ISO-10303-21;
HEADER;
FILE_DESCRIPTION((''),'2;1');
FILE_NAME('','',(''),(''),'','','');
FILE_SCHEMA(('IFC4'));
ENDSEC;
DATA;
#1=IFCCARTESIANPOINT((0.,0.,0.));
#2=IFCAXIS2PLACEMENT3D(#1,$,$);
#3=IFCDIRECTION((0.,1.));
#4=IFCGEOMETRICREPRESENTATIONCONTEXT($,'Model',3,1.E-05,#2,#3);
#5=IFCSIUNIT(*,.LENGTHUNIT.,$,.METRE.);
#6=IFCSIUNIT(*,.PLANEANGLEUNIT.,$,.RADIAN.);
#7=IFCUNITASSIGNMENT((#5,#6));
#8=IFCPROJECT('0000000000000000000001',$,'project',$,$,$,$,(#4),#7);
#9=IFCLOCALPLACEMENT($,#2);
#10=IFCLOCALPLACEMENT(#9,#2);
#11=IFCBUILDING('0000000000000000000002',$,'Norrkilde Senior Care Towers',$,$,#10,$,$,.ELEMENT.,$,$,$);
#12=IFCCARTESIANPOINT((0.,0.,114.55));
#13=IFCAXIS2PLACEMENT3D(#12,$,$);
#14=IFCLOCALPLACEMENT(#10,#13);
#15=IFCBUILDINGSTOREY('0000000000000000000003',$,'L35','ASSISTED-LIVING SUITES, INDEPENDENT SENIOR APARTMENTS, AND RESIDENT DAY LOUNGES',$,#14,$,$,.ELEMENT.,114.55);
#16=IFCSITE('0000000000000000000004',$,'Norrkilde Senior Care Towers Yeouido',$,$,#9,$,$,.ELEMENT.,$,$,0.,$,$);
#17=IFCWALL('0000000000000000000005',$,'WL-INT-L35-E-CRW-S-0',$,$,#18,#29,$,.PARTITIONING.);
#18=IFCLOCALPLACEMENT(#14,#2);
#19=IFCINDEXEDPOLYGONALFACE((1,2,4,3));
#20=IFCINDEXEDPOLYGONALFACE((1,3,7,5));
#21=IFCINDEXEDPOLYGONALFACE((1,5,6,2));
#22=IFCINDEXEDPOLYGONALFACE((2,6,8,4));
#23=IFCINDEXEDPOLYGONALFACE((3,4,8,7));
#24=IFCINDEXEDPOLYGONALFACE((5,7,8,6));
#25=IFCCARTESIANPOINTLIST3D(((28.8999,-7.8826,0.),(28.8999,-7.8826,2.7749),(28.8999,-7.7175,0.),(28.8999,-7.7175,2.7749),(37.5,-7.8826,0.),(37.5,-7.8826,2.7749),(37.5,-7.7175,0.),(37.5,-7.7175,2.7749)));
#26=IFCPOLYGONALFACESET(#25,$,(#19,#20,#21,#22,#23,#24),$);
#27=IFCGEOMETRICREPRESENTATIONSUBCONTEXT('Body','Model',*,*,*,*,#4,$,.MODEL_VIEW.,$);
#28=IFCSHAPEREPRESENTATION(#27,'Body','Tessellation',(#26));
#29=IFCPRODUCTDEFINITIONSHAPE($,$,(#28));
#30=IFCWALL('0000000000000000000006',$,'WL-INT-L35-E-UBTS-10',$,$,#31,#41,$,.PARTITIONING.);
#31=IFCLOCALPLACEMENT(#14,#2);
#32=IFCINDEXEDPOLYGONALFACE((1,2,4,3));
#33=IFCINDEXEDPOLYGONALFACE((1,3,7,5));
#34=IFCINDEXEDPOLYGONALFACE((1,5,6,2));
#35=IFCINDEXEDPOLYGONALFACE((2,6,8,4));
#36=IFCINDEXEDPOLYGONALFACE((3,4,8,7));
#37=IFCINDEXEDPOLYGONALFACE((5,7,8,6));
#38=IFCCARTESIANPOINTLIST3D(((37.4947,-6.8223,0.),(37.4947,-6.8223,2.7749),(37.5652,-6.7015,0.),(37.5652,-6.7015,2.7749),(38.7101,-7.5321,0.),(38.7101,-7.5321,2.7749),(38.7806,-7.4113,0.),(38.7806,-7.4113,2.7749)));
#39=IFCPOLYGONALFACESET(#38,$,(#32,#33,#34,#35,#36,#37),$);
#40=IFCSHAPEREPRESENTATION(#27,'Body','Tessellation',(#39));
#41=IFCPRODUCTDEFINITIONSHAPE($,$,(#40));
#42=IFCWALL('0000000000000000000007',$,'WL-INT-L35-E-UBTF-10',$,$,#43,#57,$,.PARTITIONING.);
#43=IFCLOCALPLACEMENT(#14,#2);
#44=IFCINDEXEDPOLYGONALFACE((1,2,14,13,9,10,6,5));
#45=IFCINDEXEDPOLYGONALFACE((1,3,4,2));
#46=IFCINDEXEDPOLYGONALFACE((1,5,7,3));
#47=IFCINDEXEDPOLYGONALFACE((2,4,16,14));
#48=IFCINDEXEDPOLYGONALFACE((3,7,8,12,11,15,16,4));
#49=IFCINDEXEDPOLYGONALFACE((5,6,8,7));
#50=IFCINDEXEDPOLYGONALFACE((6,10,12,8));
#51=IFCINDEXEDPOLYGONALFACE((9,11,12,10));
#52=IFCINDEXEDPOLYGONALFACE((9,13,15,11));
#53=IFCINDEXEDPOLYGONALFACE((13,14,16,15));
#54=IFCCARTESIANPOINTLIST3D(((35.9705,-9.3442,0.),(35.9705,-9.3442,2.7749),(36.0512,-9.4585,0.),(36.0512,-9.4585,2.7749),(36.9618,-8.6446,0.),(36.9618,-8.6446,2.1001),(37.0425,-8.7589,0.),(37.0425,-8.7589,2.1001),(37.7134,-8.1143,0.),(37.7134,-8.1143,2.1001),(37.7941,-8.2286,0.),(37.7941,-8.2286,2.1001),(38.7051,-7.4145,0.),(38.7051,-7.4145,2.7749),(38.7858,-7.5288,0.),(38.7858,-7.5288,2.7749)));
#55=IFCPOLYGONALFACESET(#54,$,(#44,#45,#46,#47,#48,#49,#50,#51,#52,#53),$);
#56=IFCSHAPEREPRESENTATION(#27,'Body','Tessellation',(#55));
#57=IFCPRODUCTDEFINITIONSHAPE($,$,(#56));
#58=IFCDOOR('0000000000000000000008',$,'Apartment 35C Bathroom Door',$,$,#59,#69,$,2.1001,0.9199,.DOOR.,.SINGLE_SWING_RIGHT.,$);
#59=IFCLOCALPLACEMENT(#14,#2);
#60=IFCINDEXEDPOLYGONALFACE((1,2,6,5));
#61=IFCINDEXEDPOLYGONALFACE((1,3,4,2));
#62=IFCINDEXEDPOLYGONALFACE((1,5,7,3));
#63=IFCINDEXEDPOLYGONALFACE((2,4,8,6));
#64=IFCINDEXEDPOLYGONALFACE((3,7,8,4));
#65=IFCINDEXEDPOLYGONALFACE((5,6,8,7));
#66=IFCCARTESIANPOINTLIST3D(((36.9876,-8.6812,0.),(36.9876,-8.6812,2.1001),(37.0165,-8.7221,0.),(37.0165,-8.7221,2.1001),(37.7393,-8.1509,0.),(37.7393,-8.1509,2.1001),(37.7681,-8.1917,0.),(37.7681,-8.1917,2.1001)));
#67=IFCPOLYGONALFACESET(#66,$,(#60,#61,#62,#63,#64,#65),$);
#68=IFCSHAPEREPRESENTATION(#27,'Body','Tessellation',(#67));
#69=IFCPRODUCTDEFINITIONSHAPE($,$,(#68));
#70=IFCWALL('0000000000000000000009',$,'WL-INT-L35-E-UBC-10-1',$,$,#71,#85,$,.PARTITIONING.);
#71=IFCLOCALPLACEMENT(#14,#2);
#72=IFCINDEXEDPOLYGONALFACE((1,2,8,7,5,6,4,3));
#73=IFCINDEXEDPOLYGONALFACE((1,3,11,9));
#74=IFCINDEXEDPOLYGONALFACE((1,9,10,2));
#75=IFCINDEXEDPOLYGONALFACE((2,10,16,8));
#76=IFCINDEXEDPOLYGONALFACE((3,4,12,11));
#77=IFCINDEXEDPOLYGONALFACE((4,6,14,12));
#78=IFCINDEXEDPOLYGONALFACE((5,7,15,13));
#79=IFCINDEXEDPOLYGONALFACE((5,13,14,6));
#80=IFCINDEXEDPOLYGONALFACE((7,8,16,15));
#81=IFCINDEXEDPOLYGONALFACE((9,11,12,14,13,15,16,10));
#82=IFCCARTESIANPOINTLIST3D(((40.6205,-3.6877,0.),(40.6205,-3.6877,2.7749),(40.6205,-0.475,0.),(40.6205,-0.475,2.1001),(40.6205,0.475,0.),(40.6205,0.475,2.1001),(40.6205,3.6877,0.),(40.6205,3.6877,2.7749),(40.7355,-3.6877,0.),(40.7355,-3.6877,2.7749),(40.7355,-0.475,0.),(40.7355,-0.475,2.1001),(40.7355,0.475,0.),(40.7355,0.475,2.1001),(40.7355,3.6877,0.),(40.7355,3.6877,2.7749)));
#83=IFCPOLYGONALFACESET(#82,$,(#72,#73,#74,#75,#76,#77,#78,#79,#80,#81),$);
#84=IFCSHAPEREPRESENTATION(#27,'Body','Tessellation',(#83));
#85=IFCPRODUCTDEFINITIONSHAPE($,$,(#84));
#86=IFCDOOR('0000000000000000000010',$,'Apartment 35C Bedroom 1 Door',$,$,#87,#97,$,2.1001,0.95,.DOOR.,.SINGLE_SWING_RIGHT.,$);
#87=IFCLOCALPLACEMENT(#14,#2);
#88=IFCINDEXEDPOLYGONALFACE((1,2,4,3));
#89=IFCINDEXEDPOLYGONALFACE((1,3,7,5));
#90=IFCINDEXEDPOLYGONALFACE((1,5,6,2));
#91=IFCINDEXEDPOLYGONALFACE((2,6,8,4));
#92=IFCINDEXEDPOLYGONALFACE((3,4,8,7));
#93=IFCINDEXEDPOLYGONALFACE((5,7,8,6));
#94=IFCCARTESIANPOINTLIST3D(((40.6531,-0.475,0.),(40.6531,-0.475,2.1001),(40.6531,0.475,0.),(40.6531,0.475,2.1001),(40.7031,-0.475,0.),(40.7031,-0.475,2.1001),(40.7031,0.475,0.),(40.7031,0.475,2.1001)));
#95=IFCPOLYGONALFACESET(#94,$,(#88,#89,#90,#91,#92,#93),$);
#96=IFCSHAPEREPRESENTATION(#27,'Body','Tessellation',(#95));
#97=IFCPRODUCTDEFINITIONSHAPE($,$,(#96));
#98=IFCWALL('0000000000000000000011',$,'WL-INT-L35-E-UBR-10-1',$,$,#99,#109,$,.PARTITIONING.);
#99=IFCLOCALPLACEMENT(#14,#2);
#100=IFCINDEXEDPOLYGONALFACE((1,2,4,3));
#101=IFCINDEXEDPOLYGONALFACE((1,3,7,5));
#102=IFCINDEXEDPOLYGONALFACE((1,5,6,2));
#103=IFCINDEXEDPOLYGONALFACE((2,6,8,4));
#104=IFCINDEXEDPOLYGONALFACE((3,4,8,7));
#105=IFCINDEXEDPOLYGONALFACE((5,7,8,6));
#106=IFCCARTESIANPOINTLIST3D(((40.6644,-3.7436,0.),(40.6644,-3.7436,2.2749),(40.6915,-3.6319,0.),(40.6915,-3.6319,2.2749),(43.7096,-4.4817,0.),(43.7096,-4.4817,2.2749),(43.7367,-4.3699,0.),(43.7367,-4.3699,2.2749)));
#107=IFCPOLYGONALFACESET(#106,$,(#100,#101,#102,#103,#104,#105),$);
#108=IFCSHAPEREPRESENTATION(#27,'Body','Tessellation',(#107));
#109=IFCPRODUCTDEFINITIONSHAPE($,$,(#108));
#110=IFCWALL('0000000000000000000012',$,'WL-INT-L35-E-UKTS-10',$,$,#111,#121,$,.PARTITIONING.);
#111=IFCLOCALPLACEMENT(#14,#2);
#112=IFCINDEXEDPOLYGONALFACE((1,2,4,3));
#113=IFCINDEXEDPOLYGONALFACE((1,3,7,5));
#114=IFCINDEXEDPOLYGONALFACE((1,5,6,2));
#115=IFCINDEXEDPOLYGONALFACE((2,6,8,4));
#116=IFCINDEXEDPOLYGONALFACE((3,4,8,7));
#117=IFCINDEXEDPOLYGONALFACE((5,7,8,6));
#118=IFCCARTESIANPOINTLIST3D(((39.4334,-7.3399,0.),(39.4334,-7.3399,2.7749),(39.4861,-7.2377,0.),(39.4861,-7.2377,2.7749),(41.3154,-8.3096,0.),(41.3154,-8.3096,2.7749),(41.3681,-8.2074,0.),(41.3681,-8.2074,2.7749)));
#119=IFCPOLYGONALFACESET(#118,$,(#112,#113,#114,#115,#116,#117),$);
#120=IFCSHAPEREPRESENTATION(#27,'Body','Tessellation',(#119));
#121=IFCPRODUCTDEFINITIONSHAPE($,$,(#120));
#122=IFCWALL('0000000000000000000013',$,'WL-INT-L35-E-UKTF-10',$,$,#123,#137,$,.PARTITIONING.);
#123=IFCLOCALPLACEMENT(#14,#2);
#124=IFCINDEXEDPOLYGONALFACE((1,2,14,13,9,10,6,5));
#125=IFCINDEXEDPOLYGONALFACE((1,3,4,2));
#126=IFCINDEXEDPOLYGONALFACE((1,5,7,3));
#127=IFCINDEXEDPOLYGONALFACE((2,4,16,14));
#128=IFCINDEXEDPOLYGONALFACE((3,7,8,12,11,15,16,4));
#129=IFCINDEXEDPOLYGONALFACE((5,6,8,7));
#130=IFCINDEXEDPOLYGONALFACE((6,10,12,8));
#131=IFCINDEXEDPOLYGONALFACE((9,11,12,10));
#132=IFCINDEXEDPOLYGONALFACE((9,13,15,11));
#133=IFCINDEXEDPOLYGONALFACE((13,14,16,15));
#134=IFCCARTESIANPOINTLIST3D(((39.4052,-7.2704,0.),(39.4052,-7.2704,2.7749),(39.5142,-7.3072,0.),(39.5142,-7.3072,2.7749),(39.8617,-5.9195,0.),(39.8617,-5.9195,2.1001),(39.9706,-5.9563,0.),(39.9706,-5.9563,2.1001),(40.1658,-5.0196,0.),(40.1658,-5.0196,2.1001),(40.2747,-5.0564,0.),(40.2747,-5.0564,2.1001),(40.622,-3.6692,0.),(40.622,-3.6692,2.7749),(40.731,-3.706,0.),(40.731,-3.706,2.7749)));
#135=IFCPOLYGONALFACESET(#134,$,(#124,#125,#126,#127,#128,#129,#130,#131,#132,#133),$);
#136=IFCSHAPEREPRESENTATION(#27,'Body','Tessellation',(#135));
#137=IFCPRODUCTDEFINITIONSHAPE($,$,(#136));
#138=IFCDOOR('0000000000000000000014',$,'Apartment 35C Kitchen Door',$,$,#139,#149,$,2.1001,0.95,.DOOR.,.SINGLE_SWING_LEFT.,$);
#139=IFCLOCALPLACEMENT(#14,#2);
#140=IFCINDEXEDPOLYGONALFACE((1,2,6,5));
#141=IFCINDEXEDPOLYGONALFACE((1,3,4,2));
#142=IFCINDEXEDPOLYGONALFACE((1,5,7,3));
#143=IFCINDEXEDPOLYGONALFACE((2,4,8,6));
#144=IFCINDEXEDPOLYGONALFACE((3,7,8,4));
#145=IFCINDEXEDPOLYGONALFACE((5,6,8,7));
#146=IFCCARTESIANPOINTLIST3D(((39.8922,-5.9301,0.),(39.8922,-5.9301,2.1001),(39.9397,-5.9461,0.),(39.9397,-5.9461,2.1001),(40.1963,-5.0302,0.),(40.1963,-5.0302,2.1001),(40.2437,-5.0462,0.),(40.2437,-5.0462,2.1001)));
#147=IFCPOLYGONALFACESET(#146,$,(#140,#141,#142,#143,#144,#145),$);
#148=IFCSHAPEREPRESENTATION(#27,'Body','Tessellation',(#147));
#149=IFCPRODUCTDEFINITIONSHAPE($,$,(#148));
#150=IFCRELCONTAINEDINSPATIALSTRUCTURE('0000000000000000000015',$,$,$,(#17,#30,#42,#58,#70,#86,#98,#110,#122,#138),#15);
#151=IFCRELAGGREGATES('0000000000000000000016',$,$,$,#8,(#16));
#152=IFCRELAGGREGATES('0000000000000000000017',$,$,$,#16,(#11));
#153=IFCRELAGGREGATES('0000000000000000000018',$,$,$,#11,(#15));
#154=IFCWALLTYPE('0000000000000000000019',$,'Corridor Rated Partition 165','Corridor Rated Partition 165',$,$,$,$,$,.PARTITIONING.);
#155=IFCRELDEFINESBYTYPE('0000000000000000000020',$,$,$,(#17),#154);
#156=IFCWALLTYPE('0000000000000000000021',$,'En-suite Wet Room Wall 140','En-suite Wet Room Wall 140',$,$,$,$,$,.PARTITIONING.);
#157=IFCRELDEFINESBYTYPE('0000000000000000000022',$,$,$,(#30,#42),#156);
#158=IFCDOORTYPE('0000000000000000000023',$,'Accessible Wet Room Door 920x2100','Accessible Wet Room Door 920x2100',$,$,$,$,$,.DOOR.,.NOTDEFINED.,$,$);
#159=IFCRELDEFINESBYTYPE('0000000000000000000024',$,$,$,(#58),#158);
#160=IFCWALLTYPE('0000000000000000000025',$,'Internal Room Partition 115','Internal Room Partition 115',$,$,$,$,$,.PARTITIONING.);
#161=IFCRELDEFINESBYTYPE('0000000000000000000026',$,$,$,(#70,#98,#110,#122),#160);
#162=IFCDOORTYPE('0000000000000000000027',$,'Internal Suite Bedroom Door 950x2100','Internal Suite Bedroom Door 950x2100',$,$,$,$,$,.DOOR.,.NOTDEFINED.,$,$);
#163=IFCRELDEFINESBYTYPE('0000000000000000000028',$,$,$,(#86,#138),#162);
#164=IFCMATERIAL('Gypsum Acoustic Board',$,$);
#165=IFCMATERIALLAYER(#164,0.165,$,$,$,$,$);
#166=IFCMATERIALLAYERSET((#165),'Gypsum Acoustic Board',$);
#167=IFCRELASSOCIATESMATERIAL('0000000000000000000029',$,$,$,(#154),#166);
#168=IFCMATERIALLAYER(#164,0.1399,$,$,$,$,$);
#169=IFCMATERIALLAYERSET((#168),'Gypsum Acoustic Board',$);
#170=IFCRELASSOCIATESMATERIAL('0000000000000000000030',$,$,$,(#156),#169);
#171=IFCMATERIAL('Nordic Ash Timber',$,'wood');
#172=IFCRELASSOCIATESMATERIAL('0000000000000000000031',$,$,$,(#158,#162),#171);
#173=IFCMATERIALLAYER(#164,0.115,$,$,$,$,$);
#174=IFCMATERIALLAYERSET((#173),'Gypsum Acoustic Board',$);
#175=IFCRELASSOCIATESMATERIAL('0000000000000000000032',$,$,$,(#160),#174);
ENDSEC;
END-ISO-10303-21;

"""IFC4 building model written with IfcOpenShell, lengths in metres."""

from ifc_helpers import new_model, si_unit, direction, frame, frame_2d, origin, place, context, subcontext, project, spatial, rectangle, extrude, source, transform, mapped, material, layer, layer_set, type_object, type_shapes, element, fill, save


model = new_model("IFC4")

# Units and contexts
model_context = context("Model", 3, precision=1e-05, world=origin(), true_north=direction((0.0, 1.0)))
body_context = subcontext(model_context, "Body", "Model", "MODEL_VIEW")
ifc_project = project(units=[si_unit("LENGTHUNIT", "METRE"), si_unit("PLANEANGLEUNIT", "RADIAN")], contexts=[model_context])

# Site, building, storey
site_placement = place(None, origin())
site = spatial("IfcSite", under=ifc_project, at=site_placement, Name="Norrkilde Senior Care Towers Yeouido", CompositionType="ELEMENT", RefElevation=0.0)
building_placement = place(site_placement, origin())
building = spatial("IfcBuilding", under=site, at=building_placement, Name="Norrkilde Senior Care Towers", CompositionType="ELEMENT")
storey_placement = place(building_placement, frame((0.0, 0.0, 114.55)))
storey = spatial("IfcBuildingStorey", under=building, at=storey_placement, Name="L35", Description="ASSISTED-LIVING SUITES, INDEPENDENT SENIOR APARTMENTS, AND RESIDENT DAY LOUNGES", CompositionType="ELEMENT", Elevation=114.55)

# Walls
ifc_material_1 = material(Name="Gypsum Acoustic Board")
ifc_layer_1 = layer(ifc_material_1, 0.165)
ifc_layer_set_1 = layer_set([ifc_layer_1], Name="Gypsum Acoustic Board")
wall_type_1 = type_object("IfcWallType", Name="Corridor Rated Partition 165", Description="Corridor Rated Partition 165", PredefinedType="PARTITIONING", material=ifc_layer_set_1)
shared_shape_1 = source(origin(), body_context, "Body", "SweptSolid", [
    extrude(rectangle(XDim=8.6001, YDim=0.165, at=frame_2d((4.3, 0.0))), origin(), (0.0, 0.0, 1.0), 2.7749),
])
type_shapes(wall_type_1, [shared_shape_1])
wall_1_placement = place(storey_placement, frame((37.5, -7.8, 0.0), z_axis=(0.0, 0.0, 1.0), x_axis=(-1.0, 0.0, 0.0)))
element("IfcWall", 1, at=wall_1_placement, inside=storey, type_object=wall_type_1, Name="WL-INT-L35-E-CRW-S-0", PredefinedType="PARTITIONING", context=body_context, shape_type="MappedRepresentation", body=[
    mapped(shared_shape_1, transform((0.0, 0.0, 0.0), x_axis=(1.0, 0.0, 0.0), y_axis=(0.0, 1.0, 0.0), z_axis=(0.0, 0.0, 1.0), scale=1.0)),
])
ifc_layer_2 = layer(ifc_material_1, 0.1399)
ifc_layer_set_2 = layer_set([ifc_layer_2], Name="Gypsum Acoustic Board")
wall_type_2 = type_object("IfcWallType", Name="En-suite Wet Room Wall 140", Description="En-suite Wet Room Wall 140", PredefinedType="PARTITIONING", material=ifc_layer_set_2)
shared_shape_2 = source(origin(), body_context, "Body", "SweptSolid", [
    extrude(rectangle(XDim=1.4075, YDim=0.1399, at=frame_2d((0.7036, 0.0))), origin(), (0.0, 0.0, 1.0), 2.7749),
])
wall_2_placement = place(storey_placement, frame((37.53, -6.762, 0.0), z_axis=(0.0, 0.0, 1.0), x_axis=(0.86354, -0.504281, 0.0)))
element("IfcWall", 2, at=wall_2_placement, inside=storey, type_object=wall_type_2, Name="WL-INT-L35-E-UBTS-10", PredefinedType="PARTITIONING", context=body_context, shape_type="MappedRepresentation", body=[
    mapped(shared_shape_2, transform((0.0, 0.0, 0.0), x_axis=(1.0, 0.0, 0.0), y_axis=(0.0, 1.0, 0.0), z_axis=(0.0, 0.0, 1.0), scale=1.0)),
])

# Walls, openings, doors
shared_shape_3 = source(origin(), body_context, "Body", "SweptSolid", [
    extrude(rectangle(XDim=3.3469, YDim=0.1399, at=frame_2d((1.6733, 0.0))), origin(), (0.0, 0.0, 1.0), 2.7749),
])
type_shapes(wall_type_2, [shared_shape_2, shared_shape_3])
wall_3_placement = place(storey_placement, frame((38.7454, -7.4717, 0.0), z_axis=(0.0, 0.0, 1.0), x_axis=(-0.817057, -0.576557, 0.0)))
wall_3 = element("IfcWall", 3, at=wall_3_placement, inside=storey, type_object=wall_type_2, Name="WL-INT-L35-E-UBTF-10", PredefinedType="PARTITIONING", context=body_context, shape_type="MappedRepresentation", body=[
    mapped(shared_shape_3, transform((0.0, 0.0, 0.0), x_axis=(1.0, 0.0, 0.0), y_axis=(0.0, 1.0, 0.0), z_axis=(0.0, 0.0, 1.0), scale=1.0)),
])
opening_1_placement = place(wall_3_placement, frame((1.2136, 0.0, 0.0)))
opening_1 = element("IfcOpeningElement", 4, at=opening_1_placement, cuts=wall_3, PredefinedType="OPENING", context=body_context, shape_type="SweptSolid", body=[
    extrude(rectangle(XDim=0.9199, YDim=2.1001, at=frame_2d((0.46, 1.05))), frame((0.0, 0.0798, 0.0), z_axis=(0.0, -1.0, 0.0), x_axis=(1.0, 0.0, 0.0)), (0.0, 0.0, 1.0), 0.1599),
])
ifc_material_2 = material(Name="Nordic Ash Timber", Category="wood")
door_type_1 = type_object("IfcDoorType", Name="Accessible Wet Room Door 920x2100", Description="Accessible Wet Room Door 920x2100", OperationType="NOTDEFINED", PredefinedType="DOOR", material=ifc_material_2)
shared_shape_4 = source(origin(), body_context, "Body", "SweptSolid", [
    extrude(rectangle(XDim=0.9199, YDim=2.1001, at=frame_2d((0.46, 1.05))), frame((0.0, 0.0249, 0.0), z_axis=(0.0, -1.0, 0.0), x_axis=(1.0, 0.0, 0.0)), (0.0, 0.0, 1.0), 0.05),
])
type_shapes(door_type_1, [shared_shape_4])
door_1_placement = place(opening_1_placement, origin())
door_1 = element("IfcDoor", 5, at=door_1_placement, inside=storey, type_object=door_type_1, Name="Apartment 35C Bathroom Door", OperationType="SINGLE_SWING_RIGHT", OverallHeight=2.1001, OverallWidth=0.9199, PredefinedType="DOOR", context=body_context, shape_type="MappedRepresentation", body=[
    mapped(shared_shape_4, transform((0.0, 0.0, 0.0), x_axis=(1.0, 0.0, 0.0), y_axis=(0.0, 1.0, 0.0), z_axis=(0.0, 0.0, 1.0), scale=1.0)),
])
fill(opening_1, door_1)
ifc_layer_3 = layer(ifc_material_1, 0.115)
ifc_layer_set_3 = layer_set([ifc_layer_3], Name="Gypsum Acoustic Board")
wall_type_3 = type_object("IfcWallType", Name="Internal Room Partition 115", Description="Internal Room Partition 115", PredefinedType="PARTITIONING", material=ifc_layer_set_3)
shared_shape_5 = source(origin(), body_context, "Body", "SweptSolid", [
    extrude(rectangle(XDim=7.3755, YDim=0.115, at=frame_2d((3.6877, 0.0))), origin(), (0.0, 0.0, 1.0), 2.7749),
])
wall_4_placement = place(storey_placement, frame((40.678, -3.6877, 0.0), z_axis=(0.0, 0.0, 1.0), x_axis=(0.0, 1.0, 0.0)))
wall_4 = element("IfcWall", 6, at=wall_4_placement, inside=storey, type_object=wall_type_3, Name="WL-INT-L35-E-UBC-10-1", PredefinedType="PARTITIONING", context=body_context, shape_type="MappedRepresentation", body=[
    mapped(shared_shape_5, transform((0.0, 0.0, 0.0), x_axis=(1.0, 0.0, 0.0), y_axis=(0.0, 1.0, 0.0), z_axis=(0.0, 0.0, 1.0), scale=1.0)),
])
opening_2_placement = place(wall_4_placement, frame((3.2126, 0.0, 0.0)))
opening_2 = element("IfcOpeningElement", 7, at=opening_2_placement, cuts=wall_4, PredefinedType="OPENING", context=body_context, shape_type="SweptSolid", body=[
    extrude(rectangle(XDim=0.95, YDim=2.1001, at=frame_2d((0.4751, 1.05))), frame((0.0, 0.0674, 0.0), z_axis=(0.0, -1.0, 0.0), x_axis=(1.0, 0.0, 0.0)), (0.0, 0.0, 1.0), 0.135),
])
door_type_2 = type_object("IfcDoorType", Name="Internal Suite Bedroom Door 950x2100", Description="Internal Suite Bedroom Door 950x2100", OperationType="NOTDEFINED", PredefinedType="DOOR", material=ifc_material_2)
shared_shape_6 = source(origin(), body_context, "Body", "SweptSolid", [
    extrude(rectangle(XDim=0.95, YDim=2.1001, at=frame_2d((0.4751, 1.05))), frame((0.0, 0.0249, 0.0), z_axis=(0.0, -1.0, 0.0), x_axis=(1.0, 0.0, 0.0)), (0.0, 0.0, 1.0), 0.05),
])
type_shapes(door_type_2, [shared_shape_6])
door_2_placement = place(opening_2_placement, origin())
door_2 = element("IfcDoor", 8, at=door_2_placement, inside=storey, type_object=door_type_2, Name="Apartment 35C Bedroom 1 Door", OperationType="SINGLE_SWING_RIGHT", OverallHeight=2.1001, OverallWidth=0.95, PredefinedType="DOOR", context=body_context, shape_type="MappedRepresentation", body=[
    mapped(shared_shape_6, transform((0.0, 0.0, 0.0), x_axis=(1.0, 0.0, 0.0), y_axis=(0.0, 1.0, 0.0), z_axis=(0.0, 0.0, 1.0), scale=1.0)),
])
fill(opening_2, door_2)

# Walls
shared_shape_7 = source(origin(), body_context, "Body", "SweptSolid", [
    extrude(rectangle(XDim=3.1333, YDim=0.115, at=frame_2d((1.5667, 0.0))), origin(), (0.0, 0.0, 1.0), 2.2749),
])
wall_5_placement = place(storey_placement, frame((40.678, -3.6877, 0.0), z_axis=(0.0, 0.0, 1.0), x_axis=(0.971864, -0.235544, 0.0)))
element("IfcWall", 9, at=wall_5_placement, inside=storey, type_object=wall_type_3, Name="WL-INT-L35-E-UBR-10-1", PredefinedType="PARTITIONING", context=body_context, shape_type="MappedRepresentation", body=[
    mapped(shared_shape_7, transform((0.0, 0.0, 0.0), x_axis=(1.0, 0.0, 0.0), y_axis=(0.0, 1.0, 0.0), z_axis=(0.0, 0.0, 1.0), scale=1.0)),
])
shared_shape_8 = source(origin(), body_context, "Body", "SweptSolid", [
    extrude(rectangle(XDim=2.1172, YDim=0.115, at=frame_2d((1.0586, 0.0))), origin(), (0.0, 0.0, 1.0), 2.7749),
])
wall_6_placement = place(storey_placement, frame((39.4597, -7.2888, 0.0), z_axis=(0.0, 0.0, 1.0), x_axis=(0.888942, -0.45802, 0.0)))
element("IfcWall", 10, at=wall_6_placement, inside=storey, type_object=wall_type_3, Name="WL-INT-L35-E-UKTS-10", PredefinedType="PARTITIONING", context=body_context, shape_type="MappedRepresentation", body=[
    mapped(shared_shape_8, transform((0.0, 0.0, 0.0), x_axis=(1.0, 0.0, 0.0), y_axis=(0.0, 1.0, 0.0), z_axis=(0.0, 0.0, 1.0), scale=1.0)),
])

# Wall, opening, door
shared_shape_9 = source(origin(), body_context, "Body", "SweptSolid", [
    extrude(rectangle(XDim=3.8013, YDim=0.115, at=frame_2d((1.9006, 0.0))), origin(), (0.0, 0.0, 1.0), 2.7749),
])
type_shapes(wall_type_3, [shared_shape_5, shared_shape_7, shared_shape_8, shared_shape_9])
wall_7_placement = place(storey_placement, frame((39.4597, -7.2888, 0.0), z_axis=(0.0, 0.0, 1.0), x_axis=(0.320098, 0.947384, 0.0)))
wall_7 = element("IfcWall", 11, at=wall_7_placement, inside=storey, type_object=wall_type_3, Name="WL-INT-L35-E-UKTF-10", PredefinedType="PARTITIONING", context=body_context, shape_type="MappedRepresentation", body=[
    mapped(shared_shape_9, transform((0.0, 0.0, 0.0), x_axis=(1.0, 0.0, 0.0), y_axis=(0.0, 1.0, 0.0), z_axis=(0.0, 0.0, 1.0), scale=1.0)),
])
opening_3_placement = place(wall_7_placement, frame((1.4258, 0.0, 0.0)))
opening_3 = element("IfcOpeningElement", 12, at=opening_3_placement, cuts=wall_7, PredefinedType="OPENING", context=body_context, shape_type="SweptSolid", body=[
    extrude(rectangle(XDim=0.95, YDim=2.1001, at=frame_2d((0.4751, 1.05))), frame((0.0, 0.0674, 0.0), z_axis=(0.0, -1.0, 0.0), x_axis=(1.0, 0.0, 0.0)), (0.0, 0.0, 1.0), 0.135),
])
door_3_placement = place(opening_3_placement, frame((0.95, 0.0, 0.0), z_axis=(0.0, 0.0, 1.0), x_axis=(-1.0, 0.0, 0.0)))
door_3 = element("IfcDoor", 13, at=door_3_placement, inside=storey, type_object=door_type_2, Name="Apartment 35C Kitchen Door", OperationType="SINGLE_SWING_LEFT", OverallHeight=2.1001, OverallWidth=0.95, PredefinedType="DOOR", context=body_context, shape_type="MappedRepresentation", body=[
    mapped(shared_shape_6, transform((0.0, 0.0, 0.0), x_axis=(1.0, 0.0, 0.0), y_axis=(0.0, 1.0, 0.0), z_axis=(0.0, 0.0, 1.0), scale=1.0)),
])
fill(opening_3, door_3)

save(model, "model.ifc")
